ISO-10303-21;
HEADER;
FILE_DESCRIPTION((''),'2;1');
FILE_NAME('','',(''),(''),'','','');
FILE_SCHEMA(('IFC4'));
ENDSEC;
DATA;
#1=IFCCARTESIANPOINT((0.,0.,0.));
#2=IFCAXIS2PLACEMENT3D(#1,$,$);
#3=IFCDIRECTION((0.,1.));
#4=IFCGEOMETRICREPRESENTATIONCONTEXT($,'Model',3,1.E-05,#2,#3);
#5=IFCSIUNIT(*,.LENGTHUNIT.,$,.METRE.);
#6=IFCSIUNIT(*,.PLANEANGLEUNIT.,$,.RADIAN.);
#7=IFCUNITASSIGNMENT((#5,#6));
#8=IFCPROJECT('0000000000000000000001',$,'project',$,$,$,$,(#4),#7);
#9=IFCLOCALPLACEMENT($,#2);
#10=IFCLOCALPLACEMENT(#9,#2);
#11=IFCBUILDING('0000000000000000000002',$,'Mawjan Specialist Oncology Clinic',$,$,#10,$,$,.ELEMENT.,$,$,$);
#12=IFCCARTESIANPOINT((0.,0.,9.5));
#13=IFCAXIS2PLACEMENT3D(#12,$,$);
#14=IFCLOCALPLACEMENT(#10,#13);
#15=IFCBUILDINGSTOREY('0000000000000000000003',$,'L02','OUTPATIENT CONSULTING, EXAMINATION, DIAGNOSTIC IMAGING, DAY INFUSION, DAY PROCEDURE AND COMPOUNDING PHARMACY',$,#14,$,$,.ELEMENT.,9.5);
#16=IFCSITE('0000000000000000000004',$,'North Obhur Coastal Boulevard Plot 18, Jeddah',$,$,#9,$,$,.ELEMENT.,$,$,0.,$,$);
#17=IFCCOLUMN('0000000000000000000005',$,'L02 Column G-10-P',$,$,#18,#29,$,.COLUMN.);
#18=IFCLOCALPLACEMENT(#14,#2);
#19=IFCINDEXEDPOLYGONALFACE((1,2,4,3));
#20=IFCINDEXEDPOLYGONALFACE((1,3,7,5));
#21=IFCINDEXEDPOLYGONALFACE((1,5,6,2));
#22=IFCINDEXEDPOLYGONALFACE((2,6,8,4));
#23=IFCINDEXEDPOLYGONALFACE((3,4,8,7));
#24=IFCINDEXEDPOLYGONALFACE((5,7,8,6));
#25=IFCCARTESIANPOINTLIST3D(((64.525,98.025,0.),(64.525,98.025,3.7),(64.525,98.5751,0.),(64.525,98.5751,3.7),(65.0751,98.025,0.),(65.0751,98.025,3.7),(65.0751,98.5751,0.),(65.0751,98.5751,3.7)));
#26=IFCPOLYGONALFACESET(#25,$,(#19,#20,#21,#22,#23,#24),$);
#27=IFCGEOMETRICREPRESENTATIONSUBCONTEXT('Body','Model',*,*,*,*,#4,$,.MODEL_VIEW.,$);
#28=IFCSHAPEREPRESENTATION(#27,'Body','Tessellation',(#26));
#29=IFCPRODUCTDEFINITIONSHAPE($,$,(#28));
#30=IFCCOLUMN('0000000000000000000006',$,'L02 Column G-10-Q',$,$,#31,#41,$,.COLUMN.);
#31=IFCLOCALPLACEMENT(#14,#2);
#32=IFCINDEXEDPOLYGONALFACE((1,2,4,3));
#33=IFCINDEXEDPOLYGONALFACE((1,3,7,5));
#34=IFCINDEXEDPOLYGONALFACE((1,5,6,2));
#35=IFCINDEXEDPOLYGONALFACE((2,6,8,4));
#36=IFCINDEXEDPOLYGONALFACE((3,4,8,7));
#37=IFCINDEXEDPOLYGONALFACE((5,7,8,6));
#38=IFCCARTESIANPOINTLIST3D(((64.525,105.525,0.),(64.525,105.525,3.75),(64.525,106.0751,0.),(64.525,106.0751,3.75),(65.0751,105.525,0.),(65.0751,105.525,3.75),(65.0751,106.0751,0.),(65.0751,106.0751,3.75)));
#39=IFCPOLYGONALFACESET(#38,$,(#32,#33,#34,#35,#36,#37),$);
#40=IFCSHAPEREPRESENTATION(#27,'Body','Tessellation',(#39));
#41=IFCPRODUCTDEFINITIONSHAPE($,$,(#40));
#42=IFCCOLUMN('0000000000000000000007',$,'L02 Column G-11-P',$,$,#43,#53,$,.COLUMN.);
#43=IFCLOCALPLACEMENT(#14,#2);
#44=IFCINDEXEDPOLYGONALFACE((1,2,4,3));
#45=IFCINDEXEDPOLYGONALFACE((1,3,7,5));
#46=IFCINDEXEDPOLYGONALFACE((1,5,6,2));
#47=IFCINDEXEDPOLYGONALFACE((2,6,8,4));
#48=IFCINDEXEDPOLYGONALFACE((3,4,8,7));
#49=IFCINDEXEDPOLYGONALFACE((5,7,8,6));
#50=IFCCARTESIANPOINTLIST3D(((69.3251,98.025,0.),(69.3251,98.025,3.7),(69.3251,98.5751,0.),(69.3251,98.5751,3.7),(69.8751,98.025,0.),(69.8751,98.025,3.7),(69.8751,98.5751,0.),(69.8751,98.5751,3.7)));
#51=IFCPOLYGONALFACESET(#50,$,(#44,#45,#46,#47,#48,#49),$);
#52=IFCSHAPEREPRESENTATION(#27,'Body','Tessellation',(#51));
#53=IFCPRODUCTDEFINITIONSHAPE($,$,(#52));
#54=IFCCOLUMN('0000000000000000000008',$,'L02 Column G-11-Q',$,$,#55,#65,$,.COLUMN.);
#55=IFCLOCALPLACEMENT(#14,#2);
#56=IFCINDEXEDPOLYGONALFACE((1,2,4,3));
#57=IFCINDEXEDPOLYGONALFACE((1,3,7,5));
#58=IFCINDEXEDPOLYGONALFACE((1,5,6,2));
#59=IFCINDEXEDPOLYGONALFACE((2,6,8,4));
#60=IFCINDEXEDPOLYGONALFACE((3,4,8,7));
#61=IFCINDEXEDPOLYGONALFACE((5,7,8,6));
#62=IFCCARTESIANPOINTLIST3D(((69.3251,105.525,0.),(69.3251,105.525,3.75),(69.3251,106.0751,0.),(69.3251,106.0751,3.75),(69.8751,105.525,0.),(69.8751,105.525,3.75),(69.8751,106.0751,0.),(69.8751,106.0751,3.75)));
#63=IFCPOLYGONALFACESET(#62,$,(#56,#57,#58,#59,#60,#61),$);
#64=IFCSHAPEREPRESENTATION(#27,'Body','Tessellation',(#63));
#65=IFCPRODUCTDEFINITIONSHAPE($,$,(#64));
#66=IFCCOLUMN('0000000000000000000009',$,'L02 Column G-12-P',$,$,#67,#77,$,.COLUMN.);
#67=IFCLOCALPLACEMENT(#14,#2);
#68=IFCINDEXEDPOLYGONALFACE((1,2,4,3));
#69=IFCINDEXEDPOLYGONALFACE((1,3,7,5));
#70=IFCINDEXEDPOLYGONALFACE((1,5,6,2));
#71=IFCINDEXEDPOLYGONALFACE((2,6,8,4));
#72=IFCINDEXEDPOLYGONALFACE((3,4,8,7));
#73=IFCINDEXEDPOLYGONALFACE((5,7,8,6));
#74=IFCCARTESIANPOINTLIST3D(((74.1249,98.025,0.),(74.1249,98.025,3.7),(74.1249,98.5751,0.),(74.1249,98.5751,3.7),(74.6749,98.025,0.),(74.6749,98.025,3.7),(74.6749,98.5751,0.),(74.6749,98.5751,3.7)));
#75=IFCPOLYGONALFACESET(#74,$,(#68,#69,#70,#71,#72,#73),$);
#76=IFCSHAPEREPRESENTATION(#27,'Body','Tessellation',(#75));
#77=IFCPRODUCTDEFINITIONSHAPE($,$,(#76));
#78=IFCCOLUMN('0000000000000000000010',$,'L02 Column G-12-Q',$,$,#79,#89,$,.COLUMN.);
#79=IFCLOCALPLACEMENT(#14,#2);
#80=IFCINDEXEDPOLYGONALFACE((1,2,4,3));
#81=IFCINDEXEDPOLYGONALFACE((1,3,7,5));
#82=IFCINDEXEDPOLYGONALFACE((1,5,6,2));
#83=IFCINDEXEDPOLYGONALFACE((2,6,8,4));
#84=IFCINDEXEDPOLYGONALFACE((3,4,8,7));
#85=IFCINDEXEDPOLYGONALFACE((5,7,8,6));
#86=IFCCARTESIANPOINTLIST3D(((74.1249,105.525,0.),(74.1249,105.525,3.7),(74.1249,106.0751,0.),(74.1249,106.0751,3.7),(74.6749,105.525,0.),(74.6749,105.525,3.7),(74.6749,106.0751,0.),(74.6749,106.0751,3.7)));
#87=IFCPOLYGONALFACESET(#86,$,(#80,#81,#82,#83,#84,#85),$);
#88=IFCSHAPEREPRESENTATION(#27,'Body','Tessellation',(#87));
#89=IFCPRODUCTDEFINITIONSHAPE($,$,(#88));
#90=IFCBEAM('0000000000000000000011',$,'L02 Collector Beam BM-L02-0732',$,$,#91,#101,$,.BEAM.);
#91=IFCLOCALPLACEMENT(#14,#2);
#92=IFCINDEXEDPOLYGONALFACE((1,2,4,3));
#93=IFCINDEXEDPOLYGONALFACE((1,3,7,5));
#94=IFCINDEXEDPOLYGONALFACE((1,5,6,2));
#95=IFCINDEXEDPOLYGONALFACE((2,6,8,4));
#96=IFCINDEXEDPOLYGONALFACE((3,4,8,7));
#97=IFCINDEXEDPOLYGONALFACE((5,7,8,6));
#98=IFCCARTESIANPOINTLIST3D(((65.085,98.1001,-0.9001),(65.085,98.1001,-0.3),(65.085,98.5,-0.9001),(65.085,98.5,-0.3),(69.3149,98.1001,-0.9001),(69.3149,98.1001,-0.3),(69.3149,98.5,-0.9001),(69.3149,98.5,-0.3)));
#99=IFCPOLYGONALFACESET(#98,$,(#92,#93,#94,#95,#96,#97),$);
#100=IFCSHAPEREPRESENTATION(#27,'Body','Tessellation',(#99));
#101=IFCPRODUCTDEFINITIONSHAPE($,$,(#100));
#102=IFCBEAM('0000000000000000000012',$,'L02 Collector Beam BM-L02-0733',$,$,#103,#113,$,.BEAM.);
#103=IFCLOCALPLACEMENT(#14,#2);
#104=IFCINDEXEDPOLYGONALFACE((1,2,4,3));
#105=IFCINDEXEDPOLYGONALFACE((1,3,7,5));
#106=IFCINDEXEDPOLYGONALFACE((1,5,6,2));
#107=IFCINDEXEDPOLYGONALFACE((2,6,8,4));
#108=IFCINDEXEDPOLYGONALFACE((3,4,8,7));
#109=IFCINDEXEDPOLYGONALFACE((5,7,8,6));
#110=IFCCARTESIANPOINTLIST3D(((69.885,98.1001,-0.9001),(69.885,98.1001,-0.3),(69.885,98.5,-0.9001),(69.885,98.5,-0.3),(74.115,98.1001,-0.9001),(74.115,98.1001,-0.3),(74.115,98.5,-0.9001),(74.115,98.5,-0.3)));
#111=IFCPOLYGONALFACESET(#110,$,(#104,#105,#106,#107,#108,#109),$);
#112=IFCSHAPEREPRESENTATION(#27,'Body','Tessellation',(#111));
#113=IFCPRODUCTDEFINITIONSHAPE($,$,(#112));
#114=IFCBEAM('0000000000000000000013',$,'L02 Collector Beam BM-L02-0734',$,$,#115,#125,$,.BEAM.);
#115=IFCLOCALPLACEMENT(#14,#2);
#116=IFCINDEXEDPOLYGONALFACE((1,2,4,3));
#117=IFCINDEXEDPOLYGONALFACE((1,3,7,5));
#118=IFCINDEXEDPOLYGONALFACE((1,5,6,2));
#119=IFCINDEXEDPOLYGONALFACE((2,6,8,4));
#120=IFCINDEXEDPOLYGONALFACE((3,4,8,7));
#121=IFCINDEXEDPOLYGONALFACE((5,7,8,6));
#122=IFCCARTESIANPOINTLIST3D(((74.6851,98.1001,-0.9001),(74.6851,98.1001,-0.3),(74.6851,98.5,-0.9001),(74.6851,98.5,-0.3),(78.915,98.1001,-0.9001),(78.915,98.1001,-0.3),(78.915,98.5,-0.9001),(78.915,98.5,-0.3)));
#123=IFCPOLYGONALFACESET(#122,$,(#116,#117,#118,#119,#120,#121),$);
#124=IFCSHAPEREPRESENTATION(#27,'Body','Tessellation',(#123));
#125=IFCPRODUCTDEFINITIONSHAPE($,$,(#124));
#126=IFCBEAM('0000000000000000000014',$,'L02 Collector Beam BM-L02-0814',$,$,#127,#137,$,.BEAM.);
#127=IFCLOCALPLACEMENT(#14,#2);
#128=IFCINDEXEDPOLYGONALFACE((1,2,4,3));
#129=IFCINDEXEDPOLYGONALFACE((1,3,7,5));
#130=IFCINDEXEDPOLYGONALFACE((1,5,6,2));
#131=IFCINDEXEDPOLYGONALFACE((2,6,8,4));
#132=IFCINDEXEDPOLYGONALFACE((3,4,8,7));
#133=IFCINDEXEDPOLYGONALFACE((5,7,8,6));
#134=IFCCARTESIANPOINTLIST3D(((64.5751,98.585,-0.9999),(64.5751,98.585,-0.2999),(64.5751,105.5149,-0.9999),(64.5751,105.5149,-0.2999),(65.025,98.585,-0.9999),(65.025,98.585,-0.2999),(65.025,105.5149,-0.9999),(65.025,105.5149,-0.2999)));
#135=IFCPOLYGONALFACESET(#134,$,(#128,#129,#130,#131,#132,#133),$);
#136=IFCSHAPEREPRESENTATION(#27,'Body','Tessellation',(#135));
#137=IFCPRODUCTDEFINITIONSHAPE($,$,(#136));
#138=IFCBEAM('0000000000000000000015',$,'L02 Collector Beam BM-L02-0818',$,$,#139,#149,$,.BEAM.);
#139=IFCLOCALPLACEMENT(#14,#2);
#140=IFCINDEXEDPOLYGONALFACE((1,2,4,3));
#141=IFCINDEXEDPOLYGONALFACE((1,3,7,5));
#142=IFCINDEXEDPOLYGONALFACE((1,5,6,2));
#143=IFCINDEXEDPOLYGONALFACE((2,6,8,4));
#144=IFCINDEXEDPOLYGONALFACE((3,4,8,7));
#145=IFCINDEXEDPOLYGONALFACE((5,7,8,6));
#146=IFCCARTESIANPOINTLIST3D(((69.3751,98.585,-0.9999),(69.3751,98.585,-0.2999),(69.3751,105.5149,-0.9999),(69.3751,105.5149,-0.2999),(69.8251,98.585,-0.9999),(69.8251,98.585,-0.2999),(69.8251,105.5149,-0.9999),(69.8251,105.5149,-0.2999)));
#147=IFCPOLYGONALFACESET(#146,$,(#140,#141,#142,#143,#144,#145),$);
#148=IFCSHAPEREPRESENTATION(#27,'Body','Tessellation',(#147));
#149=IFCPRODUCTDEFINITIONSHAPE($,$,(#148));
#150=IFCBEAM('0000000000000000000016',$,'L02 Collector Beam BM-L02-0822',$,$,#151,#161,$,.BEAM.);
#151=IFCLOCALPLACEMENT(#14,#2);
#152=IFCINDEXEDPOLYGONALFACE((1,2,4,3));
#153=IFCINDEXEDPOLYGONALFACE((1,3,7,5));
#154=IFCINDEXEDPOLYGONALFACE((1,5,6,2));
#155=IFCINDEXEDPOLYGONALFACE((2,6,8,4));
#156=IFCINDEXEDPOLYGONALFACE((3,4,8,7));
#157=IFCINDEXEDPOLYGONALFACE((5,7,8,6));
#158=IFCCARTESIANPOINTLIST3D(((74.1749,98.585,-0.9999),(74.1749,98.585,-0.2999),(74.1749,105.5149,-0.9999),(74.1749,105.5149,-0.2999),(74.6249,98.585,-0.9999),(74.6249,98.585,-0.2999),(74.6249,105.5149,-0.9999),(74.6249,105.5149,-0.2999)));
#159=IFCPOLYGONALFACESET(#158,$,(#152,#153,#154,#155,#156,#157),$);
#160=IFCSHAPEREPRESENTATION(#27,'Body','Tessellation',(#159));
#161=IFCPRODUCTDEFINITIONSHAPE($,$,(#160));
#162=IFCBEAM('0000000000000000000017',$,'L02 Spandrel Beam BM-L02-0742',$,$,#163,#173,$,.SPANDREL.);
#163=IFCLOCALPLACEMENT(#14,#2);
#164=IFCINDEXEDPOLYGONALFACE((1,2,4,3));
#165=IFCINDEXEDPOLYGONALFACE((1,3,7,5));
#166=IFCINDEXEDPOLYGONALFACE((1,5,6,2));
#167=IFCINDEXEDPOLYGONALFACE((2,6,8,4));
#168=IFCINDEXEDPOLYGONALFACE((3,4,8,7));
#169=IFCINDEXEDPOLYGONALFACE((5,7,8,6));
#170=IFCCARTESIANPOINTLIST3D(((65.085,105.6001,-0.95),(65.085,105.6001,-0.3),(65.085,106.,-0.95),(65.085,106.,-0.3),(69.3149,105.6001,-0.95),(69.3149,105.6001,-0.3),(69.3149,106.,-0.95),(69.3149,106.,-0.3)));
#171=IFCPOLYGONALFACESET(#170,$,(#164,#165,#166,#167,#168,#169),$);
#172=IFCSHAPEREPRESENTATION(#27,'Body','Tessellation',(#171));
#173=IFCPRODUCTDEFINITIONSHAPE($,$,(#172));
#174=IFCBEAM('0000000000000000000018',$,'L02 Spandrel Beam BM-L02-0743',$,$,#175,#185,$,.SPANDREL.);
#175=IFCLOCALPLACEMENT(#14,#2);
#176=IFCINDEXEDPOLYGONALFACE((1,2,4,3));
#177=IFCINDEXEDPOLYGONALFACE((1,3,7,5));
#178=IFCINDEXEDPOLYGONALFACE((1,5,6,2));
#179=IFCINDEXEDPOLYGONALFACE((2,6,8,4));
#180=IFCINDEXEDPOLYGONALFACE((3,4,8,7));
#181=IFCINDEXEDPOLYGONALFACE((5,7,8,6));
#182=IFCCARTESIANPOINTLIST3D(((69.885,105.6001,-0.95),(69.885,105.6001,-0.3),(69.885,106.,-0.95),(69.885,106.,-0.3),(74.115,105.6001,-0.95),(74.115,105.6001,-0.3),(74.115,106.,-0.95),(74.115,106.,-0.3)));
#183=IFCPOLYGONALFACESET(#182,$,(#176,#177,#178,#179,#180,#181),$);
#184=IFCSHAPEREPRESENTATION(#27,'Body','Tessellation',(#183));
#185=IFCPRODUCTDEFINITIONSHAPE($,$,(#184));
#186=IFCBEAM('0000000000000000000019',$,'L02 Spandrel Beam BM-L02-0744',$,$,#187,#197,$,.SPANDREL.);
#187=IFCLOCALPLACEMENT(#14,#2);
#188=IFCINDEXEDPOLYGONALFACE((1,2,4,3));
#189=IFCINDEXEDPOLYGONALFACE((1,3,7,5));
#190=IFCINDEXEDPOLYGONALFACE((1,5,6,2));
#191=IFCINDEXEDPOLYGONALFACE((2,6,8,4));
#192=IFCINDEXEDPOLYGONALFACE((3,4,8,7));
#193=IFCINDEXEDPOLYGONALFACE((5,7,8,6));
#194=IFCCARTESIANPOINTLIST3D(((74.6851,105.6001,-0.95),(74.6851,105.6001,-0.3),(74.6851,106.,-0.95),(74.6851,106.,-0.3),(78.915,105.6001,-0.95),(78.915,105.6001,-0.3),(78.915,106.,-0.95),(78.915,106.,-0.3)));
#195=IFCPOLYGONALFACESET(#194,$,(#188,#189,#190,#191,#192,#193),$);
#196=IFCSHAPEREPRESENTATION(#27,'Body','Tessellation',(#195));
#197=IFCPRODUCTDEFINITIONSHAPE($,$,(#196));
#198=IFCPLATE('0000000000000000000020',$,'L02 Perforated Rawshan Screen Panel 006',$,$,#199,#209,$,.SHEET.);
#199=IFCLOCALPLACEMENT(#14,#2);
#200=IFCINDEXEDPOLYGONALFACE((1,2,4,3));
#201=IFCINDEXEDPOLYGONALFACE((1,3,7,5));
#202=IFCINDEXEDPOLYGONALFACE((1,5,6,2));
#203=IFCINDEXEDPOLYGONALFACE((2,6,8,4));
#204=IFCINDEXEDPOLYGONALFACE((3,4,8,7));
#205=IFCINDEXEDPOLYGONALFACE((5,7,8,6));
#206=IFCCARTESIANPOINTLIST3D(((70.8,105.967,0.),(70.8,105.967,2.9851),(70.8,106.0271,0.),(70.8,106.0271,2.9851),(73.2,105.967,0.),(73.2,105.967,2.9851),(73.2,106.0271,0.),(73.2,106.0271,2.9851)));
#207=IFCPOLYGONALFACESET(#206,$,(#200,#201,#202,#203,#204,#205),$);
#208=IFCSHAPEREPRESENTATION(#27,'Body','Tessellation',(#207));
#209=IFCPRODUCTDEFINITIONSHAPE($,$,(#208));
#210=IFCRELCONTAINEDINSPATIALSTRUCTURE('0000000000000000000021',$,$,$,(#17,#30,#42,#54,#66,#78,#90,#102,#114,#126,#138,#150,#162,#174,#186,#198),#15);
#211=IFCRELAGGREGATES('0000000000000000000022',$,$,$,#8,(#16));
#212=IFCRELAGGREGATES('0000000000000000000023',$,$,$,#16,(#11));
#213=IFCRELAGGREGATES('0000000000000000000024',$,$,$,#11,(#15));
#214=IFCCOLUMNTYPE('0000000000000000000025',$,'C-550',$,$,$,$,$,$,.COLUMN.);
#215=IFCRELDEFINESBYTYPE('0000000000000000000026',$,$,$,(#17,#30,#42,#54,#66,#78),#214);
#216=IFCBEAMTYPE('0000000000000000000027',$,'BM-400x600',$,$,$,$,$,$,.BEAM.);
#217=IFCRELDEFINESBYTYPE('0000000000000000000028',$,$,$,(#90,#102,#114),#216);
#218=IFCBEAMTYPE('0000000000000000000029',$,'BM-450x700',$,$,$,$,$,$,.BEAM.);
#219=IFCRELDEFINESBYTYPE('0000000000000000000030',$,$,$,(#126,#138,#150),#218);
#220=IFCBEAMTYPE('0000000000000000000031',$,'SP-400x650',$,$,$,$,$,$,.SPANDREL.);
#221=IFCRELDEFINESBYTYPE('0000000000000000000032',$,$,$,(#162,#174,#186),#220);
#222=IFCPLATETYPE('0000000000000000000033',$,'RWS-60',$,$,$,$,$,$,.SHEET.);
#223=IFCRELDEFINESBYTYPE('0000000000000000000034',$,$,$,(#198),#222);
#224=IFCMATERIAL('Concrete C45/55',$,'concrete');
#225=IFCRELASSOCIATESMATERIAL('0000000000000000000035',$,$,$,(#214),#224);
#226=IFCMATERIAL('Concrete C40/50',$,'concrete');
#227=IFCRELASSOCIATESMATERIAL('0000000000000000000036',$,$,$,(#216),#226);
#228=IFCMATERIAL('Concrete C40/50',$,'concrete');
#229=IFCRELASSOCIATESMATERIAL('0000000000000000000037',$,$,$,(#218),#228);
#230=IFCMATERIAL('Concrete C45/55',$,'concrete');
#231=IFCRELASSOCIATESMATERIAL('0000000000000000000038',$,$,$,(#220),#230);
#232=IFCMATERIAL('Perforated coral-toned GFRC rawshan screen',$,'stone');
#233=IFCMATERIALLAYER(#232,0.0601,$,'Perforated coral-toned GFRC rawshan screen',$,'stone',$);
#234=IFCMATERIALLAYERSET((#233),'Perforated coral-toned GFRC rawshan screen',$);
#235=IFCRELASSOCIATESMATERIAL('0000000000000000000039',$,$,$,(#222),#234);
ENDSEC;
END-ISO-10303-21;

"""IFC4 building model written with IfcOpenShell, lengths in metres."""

from ifc_helpers import new_model, si_unit, direction, frame, origin, origin_2d, place, context, subcontext, project, spatial, rectangle, extrude, material, layer, layer_set, material_profile, profile_set, type_object, element, save


model = new_model("IFC4")

# Units and contexts
model_context = context("Model", 3, precision=1e-05, world=origin(), true_north=direction((0.0, 1.0)))
body_context = subcontext(model_context, "Body", "Model", "MODEL_VIEW")
ifc_project = project(units=[si_unit("LENGTHUNIT", "METRE"), si_unit("PLANEANGLEUNIT", "RADIAN")], contexts=[model_context])

# Site, building, storey
site_placement = place(None, origin())
site = spatial("IfcSite", under=ifc_project, at=site_placement, Name="North Obhur Coastal Boulevard Plot 18, Jeddah", CompositionType="ELEMENT", RefElevation=0.0)
building_placement = place(site_placement, origin())
building = spatial("IfcBuilding", under=site, at=building_placement, Name="Mawjan Specialist Oncology Clinic", CompositionType="ELEMENT")
storey_placement = place(building_placement, frame((0.0, 0.0, 9.5)))
storey = spatial("IfcBuildingStorey", under=building, at=storey_placement, Name="L02", Description="OUTPATIENT CONSULTING, EXAMINATION, DIAGNOSTIC IMAGING, DAY INFUSION, DAY PROCEDURE AND COMPOUNDING PHARMACY", CompositionType="ELEMENT", Elevation=9.5)

# Columns
ifc_material_1 = material(Name="Concrete C45/55", Category="concrete")
ifc_material_profile_1 = material_profile(ifc_material_1, rectangle(XDim=0.55, YDim=0.55, at=origin_2d()), Name="RC COL 550x550", Category="concrete")
ifc_profile_set_1 = profile_set([ifc_material_profile_1], Name="Concrete C45/55")
column_type = type_object("IfcColumnType", Name="C-550", PredefinedType="COLUMN", material=ifc_profile_set_1)
column_1_placement = place(storey_placement, frame((64.8, 98.3, 0.0), z_axis=(0.0, 0.0, 1.0), x_axis=(1.0, 0.0, 0.0)))
element("IfcColumn", 1, at=column_1_placement, inside=storey, type_object=column_type, Name="L02 Column G-10-P", PredefinedType="COLUMN", context=body_context, shape_type="SweptSolid", body=[
    extrude(rectangle(XDim=0.55, YDim=0.55, at=origin_2d()), origin(), (0.0, 0.0, 1.0), 3.7),
])
column_2_placement = place(storey_placement, frame((64.8, 105.8, 0.0), z_axis=(0.0, 0.0, 1.0), x_axis=(1.0, 0.0, 0.0)))
element("IfcColumn", 2, at=column_2_placement, inside=storey, type_object=column_type, Name="L02 Column G-10-Q", PredefinedType="COLUMN", context=body_context, shape_type="SweptSolid", body=[
    extrude(rectangle(XDim=0.55, YDim=0.55, at=origin_2d()), origin(), (0.0, 0.0, 1.0), 3.75),
])
column_3_placement = place(storey_placement, frame((69.6001, 98.3, 0.0), z_axis=(0.0, 0.0, 1.0), x_axis=(1.0, 0.0, 0.0)))
element("IfcColumn", 3, at=column_3_placement, inside=storey, type_object=column_type, Name="L02 Column G-11-P", PredefinedType="COLUMN", context=body_context, shape_type="SweptSolid", body=[
    extrude(rectangle(XDim=0.55, YDim=0.55, at=origin_2d()), origin(), (0.0, 0.0, 1.0), 3.7),
])
column_4_placement = place(storey_placement, frame((69.6001, 105.8, 0.0), z_axis=(0.0, 0.0, 1.0), x_axis=(1.0, 0.0, 0.0)))
element("IfcColumn", 4, at=column_4_placement, inside=storey, type_object=column_type, Name="L02 Column G-11-Q", PredefinedType="COLUMN", context=body_context, shape_type="SweptSolid", body=[
    extrude(rectangle(XDim=0.55, YDim=0.55, at=origin_2d()), origin(), (0.0, 0.0, 1.0), 3.75),
])
for number, where, z_axis, x_axis, name in (
    (5, (74.3999, 98.3, 0.0), (0.0, 0.0, 1.0), (1.0, 0.0, 0.0), "L02 Column G-12-P"),
    (6, (74.3999, 105.8, 0.0), (0.0, 0.0, 1.0), (1.0, 0.0, 0.0), "L02 Column G-12-Q"),
):
    element("IfcColumn", number, at=place(storey_placement, frame(where, z_axis=z_axis, x_axis=x_axis)), inside=storey, type_object=column_type, Name=name, PredefinedType="COLUMN", context=body_context, shape_type="SweptSolid", body=[
        extrude(rectangle(XDim=0.55, YDim=0.55, at=origin_2d()), origin(), (0.0, 0.0, 1.0), 3.7),
    ])

# Beams
ifc_material_2 = material(Name="Concrete C40/50", Category="concrete")
ifc_material_profile_2 = material_profile(ifc_material_2, rectangle(XDim=0.3999, YDim=0.6001, at=origin_2d()), Name="RC BM 400x600", Category="concrete")
ifc_profile_set_2 = profile_set([ifc_material_profile_2], Name="Concrete C40/50")
beam_type_1 = type_object("IfcBeamType", Name="BM-400x600", PredefinedType="BEAM", material=ifc_profile_set_2)
for number, where, z_axis, x_axis, name in (
    (7, (65.085, 98.3, -0.6001), (1.0, 0.0, 0.0), (0.0, 1.0, 0.0), "L02 Collector Beam BM-L02-0732"),
    (8, (69.885, 98.3, -0.6001), (1.0, 0.0, 0.0), (0.0, 1.0, 0.0), "L02 Collector Beam BM-L02-0733"),
    (9, (74.6851, 98.3, -0.6001), (1.0, 0.0, 0.0), (0.0, 1.0, 0.0), "L02 Collector Beam BM-L02-0734"),
):
    element("IfcBeam", number, at=place(storey_placement, frame(where, z_axis=z_axis, x_axis=x_axis)), inside=storey, type_object=beam_type_1, Name=name, PredefinedType="BEAM", context=body_context, shape_type="SweptSolid", body=[
        extrude(rectangle(XDim=0.3999, YDim=0.6001, at=origin_2d()), origin(), (0.0, 0.0, 1.0), 4.23),
    ])
ifc_material_3 = material(Name="Concrete C40/50", Category="concrete")
ifc_material_profile_3 = material_profile(ifc_material_3, rectangle(XDim=0.45, YDim=0.7, at=origin_2d()), Name="RC BM 450x700", Category="concrete")
ifc_profile_set_3 = profile_set([ifc_material_profile_3], Name="Concrete C40/50")
beam_type_2 = type_object("IfcBeamType", Name="BM-450x700", PredefinedType="BEAM", material=ifc_profile_set_3)
for number, where, z_axis, x_axis, name in (
    (10, (64.8, 98.585, -0.6499), (0.0, 1.0, 0.0), (-1.0, 0.0, 0.0), "L02 Collector Beam BM-L02-0814"),
    (11, (69.6001, 98.585, -0.6499), (0.0, 1.0, 0.0), (-1.0, 0.0, 0.0), "L02 Collector Beam BM-L02-0818"),
    (12, (74.3999, 98.585, -0.6499), (0.0, 1.0, 0.0), (-1.0, 0.0, 0.0), "L02 Collector Beam BM-L02-0822"),
):
    element("IfcBeam", number, at=place(storey_placement, frame(where, z_axis=z_axis, x_axis=x_axis)), inside=storey, type_object=beam_type_2, Name=name, PredefinedType="BEAM", context=body_context, shape_type="SweptSolid", body=[
        extrude(rectangle(XDim=0.45, YDim=0.7, at=origin_2d()), origin(), (0.0, 0.0, 1.0), 6.9299),
    ])
ifc_material_4 = material(Name="Concrete C45/55", Category="concrete")
ifc_material_profile_4 = material_profile(ifc_material_4, rectangle(XDim=0.3999, YDim=0.6499, at=origin_2d()), Name="RC BM 400x650", Category="concrete")
ifc_profile_set_4 = profile_set([ifc_material_profile_4], Name="Concrete C45/55")
beam_type_3 = type_object("IfcBeamType", Name="SP-400x650", PredefinedType="SPANDREL", material=ifc_profile_set_4)
for number, where, z_axis, x_axis, name in (
    (13, (65.085, 105.8, -0.625), (1.0, 0.0, 0.0), (0.0, 1.0, 0.0), "L02 Spandrel Beam BM-L02-0742"),
    (14, (69.885, 105.8, -0.625), (1.0, 0.0, 0.0), (0.0, 1.0, 0.0), "L02 Spandrel Beam BM-L02-0743"),
    (15, (74.6851, 105.8, -0.625), (1.0, 0.0, 0.0), (0.0, 1.0, 0.0), "L02 Spandrel Beam BM-L02-0744"),
):
    element("IfcBeam", number, at=place(storey_placement, frame(where, z_axis=z_axis, x_axis=x_axis)), inside=storey, type_object=beam_type_3, Name=name, PredefinedType="SPANDREL", context=body_context, shape_type="SweptSolid", body=[
        extrude(rectangle(XDim=0.3999, YDim=0.6499, at=origin_2d()), origin(), (0.0, 0.0, 1.0), 4.23),
    ])

# Plate
ifc_material_5 = material(Name="Perforated coral-toned GFRC rawshan screen", Category="stone")
ifc_layer_1 = layer(ifc_material_5, 0.0601, Name="Perforated coral-toned GFRC rawshan screen", Category="stone")
ifc_layer_set_1 = layer_set([ifc_layer_1], Name="Perforated coral-toned GFRC rawshan screen")
plate_type = type_object("IfcPlateType", Name="RWS-60", PredefinedType="SHEET", material=ifc_layer_set_1)
plate_placement = place(storey_placement, frame((72.0, 105.9971, 0.0), z_axis=(0.0, 0.0, 1.0), x_axis=(1.0, 0.0, 0.0)))
element("IfcPlate", 16, at=plate_placement, inside=storey, type_object=plate_type, Name="L02 Perforated Rawshan Screen Panel 006", PredefinedType="SHEET", context=body_context, shape_type="SweptSolid", body=[
    extrude(rectangle(XDim=2.3999, YDim=0.0601, at=origin_2d()), origin(), (0.0, 0.0, 1.0), 2.9851),
])

save(model, "model.ifc")
